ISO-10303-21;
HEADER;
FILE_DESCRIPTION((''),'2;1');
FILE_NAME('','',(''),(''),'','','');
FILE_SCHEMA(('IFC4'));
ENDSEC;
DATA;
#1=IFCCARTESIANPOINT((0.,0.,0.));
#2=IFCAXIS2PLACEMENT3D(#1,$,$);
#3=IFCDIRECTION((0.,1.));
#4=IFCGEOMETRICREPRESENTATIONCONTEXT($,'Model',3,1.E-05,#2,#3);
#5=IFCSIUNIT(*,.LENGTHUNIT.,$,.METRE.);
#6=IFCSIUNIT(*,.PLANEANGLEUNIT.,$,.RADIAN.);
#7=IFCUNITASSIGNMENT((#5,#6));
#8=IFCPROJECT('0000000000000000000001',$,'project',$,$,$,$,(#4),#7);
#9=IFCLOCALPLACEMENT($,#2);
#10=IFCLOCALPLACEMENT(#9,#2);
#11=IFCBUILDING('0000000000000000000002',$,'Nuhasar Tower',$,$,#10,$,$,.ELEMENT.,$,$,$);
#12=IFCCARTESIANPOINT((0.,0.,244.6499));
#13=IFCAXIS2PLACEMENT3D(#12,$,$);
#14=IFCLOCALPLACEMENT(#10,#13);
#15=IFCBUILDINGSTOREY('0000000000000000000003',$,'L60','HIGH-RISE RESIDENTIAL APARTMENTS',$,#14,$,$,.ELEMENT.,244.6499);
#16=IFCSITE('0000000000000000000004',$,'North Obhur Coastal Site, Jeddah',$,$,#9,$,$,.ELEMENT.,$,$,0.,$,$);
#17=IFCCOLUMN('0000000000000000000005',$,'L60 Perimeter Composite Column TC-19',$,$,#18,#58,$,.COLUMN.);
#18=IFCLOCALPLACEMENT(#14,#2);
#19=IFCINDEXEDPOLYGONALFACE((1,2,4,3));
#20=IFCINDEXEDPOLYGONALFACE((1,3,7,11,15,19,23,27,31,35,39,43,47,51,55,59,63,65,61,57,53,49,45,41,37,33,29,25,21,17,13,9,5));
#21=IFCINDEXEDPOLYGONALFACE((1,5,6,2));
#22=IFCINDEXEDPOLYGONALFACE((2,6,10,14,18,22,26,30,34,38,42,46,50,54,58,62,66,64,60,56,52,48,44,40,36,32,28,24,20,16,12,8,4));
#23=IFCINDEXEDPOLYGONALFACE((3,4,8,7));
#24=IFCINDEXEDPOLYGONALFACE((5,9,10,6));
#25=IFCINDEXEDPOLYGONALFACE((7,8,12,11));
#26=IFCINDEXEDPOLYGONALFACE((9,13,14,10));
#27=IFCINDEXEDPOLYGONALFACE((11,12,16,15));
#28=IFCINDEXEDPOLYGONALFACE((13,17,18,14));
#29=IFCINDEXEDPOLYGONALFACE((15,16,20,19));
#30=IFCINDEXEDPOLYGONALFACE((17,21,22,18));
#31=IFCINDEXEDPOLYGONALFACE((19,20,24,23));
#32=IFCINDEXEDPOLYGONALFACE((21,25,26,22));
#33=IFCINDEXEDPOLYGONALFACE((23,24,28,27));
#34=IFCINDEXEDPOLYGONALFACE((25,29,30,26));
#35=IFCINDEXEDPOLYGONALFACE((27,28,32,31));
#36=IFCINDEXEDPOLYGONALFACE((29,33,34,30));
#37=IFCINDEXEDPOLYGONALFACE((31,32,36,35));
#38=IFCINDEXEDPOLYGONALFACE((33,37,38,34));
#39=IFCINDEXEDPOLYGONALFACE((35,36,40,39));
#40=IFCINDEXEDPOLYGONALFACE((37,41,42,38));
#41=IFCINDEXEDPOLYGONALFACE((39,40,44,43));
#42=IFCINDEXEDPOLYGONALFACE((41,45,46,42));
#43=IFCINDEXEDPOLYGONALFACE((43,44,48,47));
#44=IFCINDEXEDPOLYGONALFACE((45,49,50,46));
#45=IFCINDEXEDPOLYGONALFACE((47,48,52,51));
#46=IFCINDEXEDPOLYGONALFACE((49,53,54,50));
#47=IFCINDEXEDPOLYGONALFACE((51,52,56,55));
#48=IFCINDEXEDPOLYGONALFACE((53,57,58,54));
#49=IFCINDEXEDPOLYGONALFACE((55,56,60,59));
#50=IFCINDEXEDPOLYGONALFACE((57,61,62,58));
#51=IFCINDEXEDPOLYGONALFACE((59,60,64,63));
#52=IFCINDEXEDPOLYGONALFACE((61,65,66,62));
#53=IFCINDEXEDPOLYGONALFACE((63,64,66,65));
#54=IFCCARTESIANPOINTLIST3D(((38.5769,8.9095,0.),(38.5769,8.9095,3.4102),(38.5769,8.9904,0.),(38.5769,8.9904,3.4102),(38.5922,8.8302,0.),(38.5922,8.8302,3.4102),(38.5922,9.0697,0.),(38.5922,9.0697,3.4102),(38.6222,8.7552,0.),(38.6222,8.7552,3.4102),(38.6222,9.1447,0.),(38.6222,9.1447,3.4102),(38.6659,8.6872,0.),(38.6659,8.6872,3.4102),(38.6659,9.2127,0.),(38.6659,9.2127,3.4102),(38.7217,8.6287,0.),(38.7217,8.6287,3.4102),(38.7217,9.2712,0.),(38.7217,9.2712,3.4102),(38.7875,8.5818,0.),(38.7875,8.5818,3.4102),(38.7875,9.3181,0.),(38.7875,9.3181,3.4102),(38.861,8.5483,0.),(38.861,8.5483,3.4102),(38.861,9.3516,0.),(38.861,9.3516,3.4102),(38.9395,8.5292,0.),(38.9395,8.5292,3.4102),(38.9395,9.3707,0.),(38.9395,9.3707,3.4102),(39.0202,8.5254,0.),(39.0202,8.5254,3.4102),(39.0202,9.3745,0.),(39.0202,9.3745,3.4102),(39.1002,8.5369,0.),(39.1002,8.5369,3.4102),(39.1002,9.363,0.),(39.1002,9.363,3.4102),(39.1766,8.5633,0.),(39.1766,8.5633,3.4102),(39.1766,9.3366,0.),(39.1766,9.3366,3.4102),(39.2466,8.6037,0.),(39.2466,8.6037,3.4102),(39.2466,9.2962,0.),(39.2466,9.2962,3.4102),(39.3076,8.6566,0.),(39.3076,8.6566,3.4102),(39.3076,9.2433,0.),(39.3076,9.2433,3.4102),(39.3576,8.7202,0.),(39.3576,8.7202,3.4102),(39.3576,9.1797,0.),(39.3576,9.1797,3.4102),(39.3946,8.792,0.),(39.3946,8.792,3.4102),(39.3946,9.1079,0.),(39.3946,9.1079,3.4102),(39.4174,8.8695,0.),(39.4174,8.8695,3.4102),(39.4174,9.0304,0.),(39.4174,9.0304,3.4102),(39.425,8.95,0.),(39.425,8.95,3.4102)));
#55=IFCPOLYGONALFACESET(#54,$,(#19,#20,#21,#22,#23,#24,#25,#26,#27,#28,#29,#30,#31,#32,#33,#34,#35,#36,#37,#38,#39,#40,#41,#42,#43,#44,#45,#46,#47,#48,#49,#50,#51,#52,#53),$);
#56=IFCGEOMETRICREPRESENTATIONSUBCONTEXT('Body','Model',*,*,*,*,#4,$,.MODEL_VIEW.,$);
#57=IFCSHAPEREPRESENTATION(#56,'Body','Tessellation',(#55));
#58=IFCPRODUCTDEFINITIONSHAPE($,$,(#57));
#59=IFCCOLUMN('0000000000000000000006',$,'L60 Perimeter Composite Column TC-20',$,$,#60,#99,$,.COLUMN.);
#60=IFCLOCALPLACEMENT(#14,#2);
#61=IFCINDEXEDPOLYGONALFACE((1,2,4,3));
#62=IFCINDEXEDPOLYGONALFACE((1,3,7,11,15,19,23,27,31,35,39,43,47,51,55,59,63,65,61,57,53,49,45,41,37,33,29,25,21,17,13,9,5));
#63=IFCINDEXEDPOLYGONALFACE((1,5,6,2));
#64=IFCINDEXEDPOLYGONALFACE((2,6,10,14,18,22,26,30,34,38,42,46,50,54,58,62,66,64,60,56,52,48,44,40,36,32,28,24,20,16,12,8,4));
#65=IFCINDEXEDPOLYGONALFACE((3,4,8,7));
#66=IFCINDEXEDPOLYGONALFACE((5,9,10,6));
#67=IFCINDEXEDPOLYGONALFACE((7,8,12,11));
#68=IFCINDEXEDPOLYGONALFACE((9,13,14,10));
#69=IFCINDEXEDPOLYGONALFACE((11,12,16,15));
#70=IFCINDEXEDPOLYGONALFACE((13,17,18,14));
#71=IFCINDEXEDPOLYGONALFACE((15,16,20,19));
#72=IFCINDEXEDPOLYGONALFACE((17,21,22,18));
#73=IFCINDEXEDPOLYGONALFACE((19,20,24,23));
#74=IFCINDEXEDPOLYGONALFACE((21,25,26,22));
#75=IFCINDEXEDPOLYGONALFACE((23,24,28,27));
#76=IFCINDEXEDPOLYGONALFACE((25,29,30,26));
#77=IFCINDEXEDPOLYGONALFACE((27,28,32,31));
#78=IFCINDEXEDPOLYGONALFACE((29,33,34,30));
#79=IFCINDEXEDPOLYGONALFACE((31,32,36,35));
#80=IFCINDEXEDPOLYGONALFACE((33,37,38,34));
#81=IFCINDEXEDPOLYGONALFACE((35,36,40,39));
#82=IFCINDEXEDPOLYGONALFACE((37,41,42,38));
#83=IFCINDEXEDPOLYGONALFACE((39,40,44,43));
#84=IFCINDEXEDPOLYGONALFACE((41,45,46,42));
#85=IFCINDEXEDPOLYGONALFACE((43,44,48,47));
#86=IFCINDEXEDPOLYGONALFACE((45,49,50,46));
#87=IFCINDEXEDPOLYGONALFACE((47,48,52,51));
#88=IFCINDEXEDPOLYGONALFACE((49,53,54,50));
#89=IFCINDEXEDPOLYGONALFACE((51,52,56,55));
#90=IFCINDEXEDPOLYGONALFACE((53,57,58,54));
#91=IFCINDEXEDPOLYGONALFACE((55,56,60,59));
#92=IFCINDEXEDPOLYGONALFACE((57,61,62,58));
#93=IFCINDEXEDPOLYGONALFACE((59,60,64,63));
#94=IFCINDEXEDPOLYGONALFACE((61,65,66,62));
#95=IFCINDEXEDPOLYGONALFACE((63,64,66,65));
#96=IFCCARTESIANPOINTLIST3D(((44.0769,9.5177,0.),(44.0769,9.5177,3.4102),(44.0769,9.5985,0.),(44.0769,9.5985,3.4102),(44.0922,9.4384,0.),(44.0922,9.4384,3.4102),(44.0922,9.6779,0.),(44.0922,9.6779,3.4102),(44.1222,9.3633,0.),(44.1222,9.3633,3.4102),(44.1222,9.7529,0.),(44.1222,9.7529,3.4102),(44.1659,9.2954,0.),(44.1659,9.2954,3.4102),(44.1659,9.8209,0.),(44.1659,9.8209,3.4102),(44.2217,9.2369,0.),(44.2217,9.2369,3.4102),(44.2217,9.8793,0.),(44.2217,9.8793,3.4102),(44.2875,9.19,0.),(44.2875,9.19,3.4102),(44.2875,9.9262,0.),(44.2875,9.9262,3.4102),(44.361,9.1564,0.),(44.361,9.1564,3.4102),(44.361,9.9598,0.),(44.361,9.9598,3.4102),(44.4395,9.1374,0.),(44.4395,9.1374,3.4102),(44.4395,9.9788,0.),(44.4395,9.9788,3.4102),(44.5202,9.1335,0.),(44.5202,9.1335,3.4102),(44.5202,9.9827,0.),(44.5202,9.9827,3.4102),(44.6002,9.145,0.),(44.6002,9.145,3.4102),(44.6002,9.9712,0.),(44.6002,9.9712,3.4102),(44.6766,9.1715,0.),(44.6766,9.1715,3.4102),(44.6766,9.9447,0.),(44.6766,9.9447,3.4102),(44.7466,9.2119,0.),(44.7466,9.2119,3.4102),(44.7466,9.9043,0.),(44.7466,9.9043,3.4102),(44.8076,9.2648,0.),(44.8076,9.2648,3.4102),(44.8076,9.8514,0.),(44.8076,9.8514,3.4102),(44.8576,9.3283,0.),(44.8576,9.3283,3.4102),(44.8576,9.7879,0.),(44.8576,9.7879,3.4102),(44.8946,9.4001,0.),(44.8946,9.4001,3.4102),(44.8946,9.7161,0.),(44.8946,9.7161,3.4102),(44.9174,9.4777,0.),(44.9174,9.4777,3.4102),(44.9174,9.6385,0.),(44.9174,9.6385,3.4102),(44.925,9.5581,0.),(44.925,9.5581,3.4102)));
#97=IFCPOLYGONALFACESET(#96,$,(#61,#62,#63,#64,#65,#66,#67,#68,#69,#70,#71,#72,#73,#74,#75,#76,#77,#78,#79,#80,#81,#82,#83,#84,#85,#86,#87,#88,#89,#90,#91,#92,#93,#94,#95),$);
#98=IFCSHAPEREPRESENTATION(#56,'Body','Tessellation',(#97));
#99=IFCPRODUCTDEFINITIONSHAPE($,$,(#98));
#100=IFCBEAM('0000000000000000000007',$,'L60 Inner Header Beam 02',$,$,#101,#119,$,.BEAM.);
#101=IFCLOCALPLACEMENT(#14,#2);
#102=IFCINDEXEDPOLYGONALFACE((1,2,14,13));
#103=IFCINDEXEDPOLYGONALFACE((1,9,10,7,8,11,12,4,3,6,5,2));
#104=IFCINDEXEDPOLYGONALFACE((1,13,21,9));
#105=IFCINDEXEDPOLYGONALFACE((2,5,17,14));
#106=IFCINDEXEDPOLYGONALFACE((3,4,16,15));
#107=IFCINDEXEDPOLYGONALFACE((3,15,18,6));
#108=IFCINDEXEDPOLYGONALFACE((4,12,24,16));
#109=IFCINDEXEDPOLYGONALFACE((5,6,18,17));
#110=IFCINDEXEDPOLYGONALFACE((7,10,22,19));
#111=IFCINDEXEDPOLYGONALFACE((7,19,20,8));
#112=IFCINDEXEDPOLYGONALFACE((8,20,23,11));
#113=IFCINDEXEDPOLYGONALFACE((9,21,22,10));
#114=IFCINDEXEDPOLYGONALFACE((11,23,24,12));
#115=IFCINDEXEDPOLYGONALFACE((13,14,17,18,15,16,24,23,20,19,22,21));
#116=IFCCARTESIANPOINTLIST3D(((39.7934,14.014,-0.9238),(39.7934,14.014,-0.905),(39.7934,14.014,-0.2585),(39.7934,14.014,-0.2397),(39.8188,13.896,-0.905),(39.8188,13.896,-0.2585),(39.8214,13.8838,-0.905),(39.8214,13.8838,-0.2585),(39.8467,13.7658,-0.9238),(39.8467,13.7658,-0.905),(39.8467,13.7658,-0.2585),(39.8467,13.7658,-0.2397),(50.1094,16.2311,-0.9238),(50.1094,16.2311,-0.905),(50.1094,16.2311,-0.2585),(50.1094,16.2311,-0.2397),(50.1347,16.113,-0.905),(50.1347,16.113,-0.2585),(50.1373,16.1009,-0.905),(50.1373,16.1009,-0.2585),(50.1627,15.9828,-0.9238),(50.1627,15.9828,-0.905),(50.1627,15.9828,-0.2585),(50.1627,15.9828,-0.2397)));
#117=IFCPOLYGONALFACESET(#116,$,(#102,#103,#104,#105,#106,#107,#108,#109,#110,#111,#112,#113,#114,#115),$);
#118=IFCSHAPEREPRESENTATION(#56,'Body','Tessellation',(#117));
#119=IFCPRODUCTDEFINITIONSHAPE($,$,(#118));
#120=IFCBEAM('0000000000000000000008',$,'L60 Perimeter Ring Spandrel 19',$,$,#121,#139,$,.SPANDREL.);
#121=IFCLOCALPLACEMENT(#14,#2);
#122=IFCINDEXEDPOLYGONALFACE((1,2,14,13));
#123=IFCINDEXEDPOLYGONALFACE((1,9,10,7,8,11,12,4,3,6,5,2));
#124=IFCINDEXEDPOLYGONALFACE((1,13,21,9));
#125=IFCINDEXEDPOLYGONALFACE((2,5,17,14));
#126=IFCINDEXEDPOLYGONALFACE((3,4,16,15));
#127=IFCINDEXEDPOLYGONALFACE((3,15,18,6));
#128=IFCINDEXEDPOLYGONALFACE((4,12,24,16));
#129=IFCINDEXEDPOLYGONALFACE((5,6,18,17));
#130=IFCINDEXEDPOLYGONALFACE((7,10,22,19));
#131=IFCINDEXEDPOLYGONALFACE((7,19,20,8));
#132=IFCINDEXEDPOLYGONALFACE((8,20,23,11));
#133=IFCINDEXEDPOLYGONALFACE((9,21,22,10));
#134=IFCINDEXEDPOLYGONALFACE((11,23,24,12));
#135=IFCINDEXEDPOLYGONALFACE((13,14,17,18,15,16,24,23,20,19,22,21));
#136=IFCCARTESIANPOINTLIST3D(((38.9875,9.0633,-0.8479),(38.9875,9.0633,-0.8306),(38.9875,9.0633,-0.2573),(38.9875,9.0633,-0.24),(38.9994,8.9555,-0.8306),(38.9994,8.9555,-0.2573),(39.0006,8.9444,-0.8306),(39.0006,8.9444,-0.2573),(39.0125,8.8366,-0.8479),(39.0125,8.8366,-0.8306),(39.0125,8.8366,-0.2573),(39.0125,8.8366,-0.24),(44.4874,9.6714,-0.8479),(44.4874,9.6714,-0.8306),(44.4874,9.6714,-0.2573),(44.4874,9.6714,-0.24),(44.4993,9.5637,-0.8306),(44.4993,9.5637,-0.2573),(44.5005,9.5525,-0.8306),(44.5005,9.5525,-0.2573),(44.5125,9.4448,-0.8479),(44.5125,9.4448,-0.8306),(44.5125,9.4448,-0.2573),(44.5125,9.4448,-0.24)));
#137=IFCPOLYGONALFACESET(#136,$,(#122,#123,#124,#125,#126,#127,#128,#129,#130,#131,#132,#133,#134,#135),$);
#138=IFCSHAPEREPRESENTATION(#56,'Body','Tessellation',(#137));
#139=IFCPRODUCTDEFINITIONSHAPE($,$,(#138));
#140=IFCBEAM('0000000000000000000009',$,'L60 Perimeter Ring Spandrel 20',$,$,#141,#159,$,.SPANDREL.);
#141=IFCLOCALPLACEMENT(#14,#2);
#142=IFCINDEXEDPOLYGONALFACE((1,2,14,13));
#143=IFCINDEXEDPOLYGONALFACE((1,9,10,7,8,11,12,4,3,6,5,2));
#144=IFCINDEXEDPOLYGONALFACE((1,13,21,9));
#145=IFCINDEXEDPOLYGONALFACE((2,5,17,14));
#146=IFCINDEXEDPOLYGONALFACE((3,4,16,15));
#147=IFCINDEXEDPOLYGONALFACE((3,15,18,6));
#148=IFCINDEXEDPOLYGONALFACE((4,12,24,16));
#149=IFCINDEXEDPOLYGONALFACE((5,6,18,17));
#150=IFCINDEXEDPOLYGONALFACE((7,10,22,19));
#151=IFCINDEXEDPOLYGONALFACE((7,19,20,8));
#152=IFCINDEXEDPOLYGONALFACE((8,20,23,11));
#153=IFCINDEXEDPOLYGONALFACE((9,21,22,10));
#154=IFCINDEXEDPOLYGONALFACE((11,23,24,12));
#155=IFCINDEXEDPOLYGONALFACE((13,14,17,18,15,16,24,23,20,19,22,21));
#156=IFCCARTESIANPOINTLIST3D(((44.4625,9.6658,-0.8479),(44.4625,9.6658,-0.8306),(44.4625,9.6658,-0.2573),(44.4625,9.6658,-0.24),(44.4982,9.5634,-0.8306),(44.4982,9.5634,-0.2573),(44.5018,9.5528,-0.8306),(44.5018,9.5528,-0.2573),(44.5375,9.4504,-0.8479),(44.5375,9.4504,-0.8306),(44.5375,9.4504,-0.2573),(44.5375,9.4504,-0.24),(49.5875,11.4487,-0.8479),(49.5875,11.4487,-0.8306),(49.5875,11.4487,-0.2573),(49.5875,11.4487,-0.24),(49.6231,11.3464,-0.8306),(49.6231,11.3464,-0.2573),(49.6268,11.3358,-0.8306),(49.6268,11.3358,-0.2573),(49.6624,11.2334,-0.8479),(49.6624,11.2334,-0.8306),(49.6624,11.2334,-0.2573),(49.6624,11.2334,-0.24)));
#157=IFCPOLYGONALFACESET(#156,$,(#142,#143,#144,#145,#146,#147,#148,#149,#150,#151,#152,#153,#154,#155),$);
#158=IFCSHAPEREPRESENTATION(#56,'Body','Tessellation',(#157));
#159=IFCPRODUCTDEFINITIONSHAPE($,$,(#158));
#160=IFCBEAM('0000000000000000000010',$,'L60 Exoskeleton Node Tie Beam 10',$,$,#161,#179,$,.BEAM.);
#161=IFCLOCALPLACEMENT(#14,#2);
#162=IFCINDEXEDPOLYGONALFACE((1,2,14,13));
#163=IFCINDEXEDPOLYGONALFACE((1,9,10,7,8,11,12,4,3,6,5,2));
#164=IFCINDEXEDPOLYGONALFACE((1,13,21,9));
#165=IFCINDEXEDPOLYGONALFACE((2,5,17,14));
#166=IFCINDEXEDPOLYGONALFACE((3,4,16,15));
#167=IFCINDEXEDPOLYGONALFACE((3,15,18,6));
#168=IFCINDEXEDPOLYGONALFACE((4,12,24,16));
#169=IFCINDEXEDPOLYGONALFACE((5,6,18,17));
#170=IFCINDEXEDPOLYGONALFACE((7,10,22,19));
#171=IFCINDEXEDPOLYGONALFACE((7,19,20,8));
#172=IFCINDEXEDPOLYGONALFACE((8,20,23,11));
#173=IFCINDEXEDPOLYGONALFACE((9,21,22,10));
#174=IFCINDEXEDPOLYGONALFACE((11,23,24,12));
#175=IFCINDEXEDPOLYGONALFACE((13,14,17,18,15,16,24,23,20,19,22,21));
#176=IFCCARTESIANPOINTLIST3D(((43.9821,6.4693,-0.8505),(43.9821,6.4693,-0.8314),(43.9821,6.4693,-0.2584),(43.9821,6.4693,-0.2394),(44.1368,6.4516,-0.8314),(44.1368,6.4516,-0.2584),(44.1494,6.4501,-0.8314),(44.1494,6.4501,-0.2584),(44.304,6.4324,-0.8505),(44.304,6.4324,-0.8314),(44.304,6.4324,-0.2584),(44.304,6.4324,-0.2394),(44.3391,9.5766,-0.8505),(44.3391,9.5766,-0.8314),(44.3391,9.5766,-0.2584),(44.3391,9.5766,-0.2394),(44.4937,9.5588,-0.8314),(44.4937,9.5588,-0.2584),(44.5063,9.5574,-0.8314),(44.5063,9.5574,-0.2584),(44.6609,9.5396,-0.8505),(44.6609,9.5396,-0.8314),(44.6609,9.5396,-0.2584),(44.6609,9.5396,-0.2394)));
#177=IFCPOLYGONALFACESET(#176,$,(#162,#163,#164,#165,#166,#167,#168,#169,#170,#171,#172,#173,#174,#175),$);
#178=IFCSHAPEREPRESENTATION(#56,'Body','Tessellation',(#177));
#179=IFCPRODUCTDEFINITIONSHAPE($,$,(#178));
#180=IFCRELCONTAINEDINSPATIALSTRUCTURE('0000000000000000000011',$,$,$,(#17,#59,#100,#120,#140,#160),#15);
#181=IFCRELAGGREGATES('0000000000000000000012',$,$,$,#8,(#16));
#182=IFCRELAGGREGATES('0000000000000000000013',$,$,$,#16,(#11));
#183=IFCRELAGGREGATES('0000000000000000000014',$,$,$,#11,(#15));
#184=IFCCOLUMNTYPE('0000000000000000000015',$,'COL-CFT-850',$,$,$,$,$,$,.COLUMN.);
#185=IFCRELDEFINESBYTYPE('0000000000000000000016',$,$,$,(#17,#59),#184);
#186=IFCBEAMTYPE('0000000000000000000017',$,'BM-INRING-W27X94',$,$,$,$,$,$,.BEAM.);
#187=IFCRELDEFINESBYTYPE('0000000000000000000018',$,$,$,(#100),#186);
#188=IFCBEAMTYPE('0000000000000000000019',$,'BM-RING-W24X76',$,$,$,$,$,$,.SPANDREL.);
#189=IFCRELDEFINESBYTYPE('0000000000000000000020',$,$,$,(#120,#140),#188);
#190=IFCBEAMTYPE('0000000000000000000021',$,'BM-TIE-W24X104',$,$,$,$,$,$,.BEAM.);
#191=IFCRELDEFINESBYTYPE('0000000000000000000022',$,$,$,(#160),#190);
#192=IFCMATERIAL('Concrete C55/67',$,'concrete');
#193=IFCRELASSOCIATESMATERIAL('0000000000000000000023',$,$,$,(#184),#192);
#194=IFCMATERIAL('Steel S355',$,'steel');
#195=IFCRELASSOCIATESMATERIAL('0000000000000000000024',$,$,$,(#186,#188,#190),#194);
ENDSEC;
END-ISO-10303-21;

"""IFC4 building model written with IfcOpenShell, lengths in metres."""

from ifc_helpers import new_model, si_unit, direction, frame, origin, origin_2d, place, context, subcontext, project, spatial, circle, i_section, extrude, material, material_profile, profile_set, type_object, element, save


model = new_model("IFC4")

# Units and contexts
model_context = context("Model", 3, precision=1e-05, world=origin(), true_north=direction((0.0, 1.0)))
body_context = subcontext(model_context, "Body", "Model", "MODEL_VIEW")
ifc_project = project(units=[si_unit("LENGTHUNIT", "METRE"), si_unit("PLANEANGLEUNIT", "RADIAN")], contexts=[model_context])

# Site, building, storey
site_placement = place(None, origin())
site = spatial("IfcSite", under=ifc_project, at=site_placement, Name="North Obhur Coastal Site, Jeddah", CompositionType="ELEMENT", RefElevation=0.0)
building_placement = place(site_placement, origin())
building = spatial("IfcBuilding", under=site, at=building_placement, Name="Nuhasar Tower", CompositionType="ELEMENT")
storey_placement = place(building_placement, frame((0.0, 0.0, 244.6499)))
storey = spatial("IfcBuildingStorey", under=building, at=storey_placement, Name="L60", Description="HIGH-RISE RESIDENTIAL APARTMENTS", CompositionType="ELEMENT", Elevation=244.6499)

# Columns
ifc_material_1 = material(Name="Concrete C55/67", Category="concrete")
ifc_material_profile_1 = material_profile(ifc_material_1, circle(Radius=0.425, at=origin_2d()), Name="CFT850")
ifc_profile_set_1 = profile_set([ifc_material_profile_1], Name="Concrete C55/67")
column_type = type_object("IfcColumnType", Name="COL-CFT-850", PredefinedType="COLUMN", material=ifc_profile_set_1)
for number, where, z_axis, x_axis, name in (
    (1, (39.0, 8.95, 0.0), (0.0, 0.0, 1.0), (1.0, 0.0, 0.0), "L60 Perimeter Composite Column TC-19"),
    (2, (44.5, 9.5581, 0.0), (0.0, 0.0, 1.0), (1.0, 0.0, 0.0), "L60 Perimeter Composite Column TC-20"),
):
    element("IfcColumn", number, at=place(storey_placement, frame(where, z_axis=z_axis, x_axis=x_axis)), inside=storey, type_object=column_type, Name=name, PredefinedType="COLUMN", context=body_context, shape_type="SweptSolid", body=[
        extrude(circle(Radius=0.425, at=origin_2d()), origin(), (0.0, 0.0, 1.0), 3.4102),
    ])

# Beams
ifc_material_2 = material(Name="Steel S355", Category="steel")
ifc_material_profile_2 = material_profile(ifc_material_2, i_section(OverallWidth=0.2539, OverallDepth=0.6841, WebThickness=0.0125, FlangeThickness=0.0188, at=origin_2d()), Name="W27X94")
ifc_profile_set_2 = profile_set([ifc_material_profile_2], Name="Steel S355")
beam_type_1 = type_object("IfcBeamType", Name="BM-INRING-W27X94", PredefinedType="BEAM", material=ifc_profile_set_2)
beam_1_placement = place(storey_placement, frame((39.8201, 13.8899, -0.5818), z_axis=(0.977676, 0.210117, 0.0), x_axis=(-0.210117, 0.977676, 0.0)))
element("IfcBeam", 3, at=beam_1_placement, inside=storey, type_object=beam_type_1, Name="L60 Inner Header Beam 02", PredefinedType="BEAM", context=body_context, shape_type="SweptSolid", body=[
    extrude(i_section(OverallWidth=0.2539, OverallDepth=0.6841, WebThickness=0.0125, FlangeThickness=0.0188, at=origin_2d()), origin(), (0.0, 0.0, 1.0), 10.5515),
])
ifc_material_profile_3 = material_profile(ifc_material_2, i_section(OverallWidth=0.228, OverallDepth=0.6079, WebThickness=0.0112, FlangeThickness=0.0173, at=origin_2d()), Name="W24X76")
ifc_profile_set_3 = profile_set([ifc_material_profile_3], Name="Steel S355")
beam_type_2 = type_object("IfcBeamType", Name="BM-RING-W24X76", PredefinedType="SPANDREL", material=ifc_profile_set_3)
beam_2_placement = place(storey_placement, frame((39.0, 8.95, -0.5439), z_axis=(0.993942, 0.109904, 0.0), x_axis=(-0.109904, 0.993942, 0.0)))
element("IfcBeam", 4, at=beam_2_placement, inside=storey, type_object=beam_type_2, Name="L60 Perimeter Ring Spandrel 19", PredefinedType="SPANDREL", context=body_context, shape_type="SweptSolid", body=[
    extrude(i_section(OverallWidth=0.228, OverallDepth=0.6079, WebThickness=0.0112, FlangeThickness=0.0173, at=origin_2d()), origin(), (0.0, 0.0, 1.0), 5.5334),
])
beam_3_placement = place(storey_placement, frame((44.5, 9.5581, -0.5439), z_axis=(0.944477, 0.328578, 0.0), x_axis=(-0.328578, 0.944477, 0.0)))
element("IfcBeam", 5, at=beam_3_placement, inside=storey, type_object=beam_type_2, Name="L60 Perimeter Ring Spandrel 20", PredefinedType="SPANDREL", context=body_context, shape_type="SweptSolid", body=[
    extrude(i_section(OverallWidth=0.228, OverallDepth=0.6079, WebThickness=0.0112, FlangeThickness=0.0173, at=origin_2d()), origin(), (0.0, 0.0, 1.0), 5.4263),
])
ifc_material_profile_4 = material_profile(ifc_material_2, i_section(OverallWidth=0.324, OverallDepth=0.6111, WebThickness=0.0127, FlangeThickness=0.019, at=origin_2d()), Name="W24X104")
ifc_profile_set_4 = profile_set([ifc_material_profile_4], Name="Steel S355")
beam_type_3 = type_object("IfcBeamType", Name="BM-TIE-W24X104", PredefinedType="BEAM", material=ifc_profile_set_4)
beam_4_placement = place(storey_placement, frame((44.5, 9.5581, -0.5449), z_axis=(-0.114123, -0.993467, 0.0), x_axis=(0.993467, -0.114123, 0.0)))
element("IfcBeam", 6, at=beam_4_placement, inside=storey, type_object=beam_type_3, Name="L60 Exoskeleton Node Tie Beam 10", PredefinedType="BEAM", context=body_context, shape_type="SweptSolid", body=[
    extrude(i_section(OverallWidth=0.324, OverallDepth=0.6111, WebThickness=0.0127, FlangeThickness=0.019, at=origin_2d()), origin(), (0.0, 0.0, 1.0), 3.1277),
])

save(model, "model.ifc")
